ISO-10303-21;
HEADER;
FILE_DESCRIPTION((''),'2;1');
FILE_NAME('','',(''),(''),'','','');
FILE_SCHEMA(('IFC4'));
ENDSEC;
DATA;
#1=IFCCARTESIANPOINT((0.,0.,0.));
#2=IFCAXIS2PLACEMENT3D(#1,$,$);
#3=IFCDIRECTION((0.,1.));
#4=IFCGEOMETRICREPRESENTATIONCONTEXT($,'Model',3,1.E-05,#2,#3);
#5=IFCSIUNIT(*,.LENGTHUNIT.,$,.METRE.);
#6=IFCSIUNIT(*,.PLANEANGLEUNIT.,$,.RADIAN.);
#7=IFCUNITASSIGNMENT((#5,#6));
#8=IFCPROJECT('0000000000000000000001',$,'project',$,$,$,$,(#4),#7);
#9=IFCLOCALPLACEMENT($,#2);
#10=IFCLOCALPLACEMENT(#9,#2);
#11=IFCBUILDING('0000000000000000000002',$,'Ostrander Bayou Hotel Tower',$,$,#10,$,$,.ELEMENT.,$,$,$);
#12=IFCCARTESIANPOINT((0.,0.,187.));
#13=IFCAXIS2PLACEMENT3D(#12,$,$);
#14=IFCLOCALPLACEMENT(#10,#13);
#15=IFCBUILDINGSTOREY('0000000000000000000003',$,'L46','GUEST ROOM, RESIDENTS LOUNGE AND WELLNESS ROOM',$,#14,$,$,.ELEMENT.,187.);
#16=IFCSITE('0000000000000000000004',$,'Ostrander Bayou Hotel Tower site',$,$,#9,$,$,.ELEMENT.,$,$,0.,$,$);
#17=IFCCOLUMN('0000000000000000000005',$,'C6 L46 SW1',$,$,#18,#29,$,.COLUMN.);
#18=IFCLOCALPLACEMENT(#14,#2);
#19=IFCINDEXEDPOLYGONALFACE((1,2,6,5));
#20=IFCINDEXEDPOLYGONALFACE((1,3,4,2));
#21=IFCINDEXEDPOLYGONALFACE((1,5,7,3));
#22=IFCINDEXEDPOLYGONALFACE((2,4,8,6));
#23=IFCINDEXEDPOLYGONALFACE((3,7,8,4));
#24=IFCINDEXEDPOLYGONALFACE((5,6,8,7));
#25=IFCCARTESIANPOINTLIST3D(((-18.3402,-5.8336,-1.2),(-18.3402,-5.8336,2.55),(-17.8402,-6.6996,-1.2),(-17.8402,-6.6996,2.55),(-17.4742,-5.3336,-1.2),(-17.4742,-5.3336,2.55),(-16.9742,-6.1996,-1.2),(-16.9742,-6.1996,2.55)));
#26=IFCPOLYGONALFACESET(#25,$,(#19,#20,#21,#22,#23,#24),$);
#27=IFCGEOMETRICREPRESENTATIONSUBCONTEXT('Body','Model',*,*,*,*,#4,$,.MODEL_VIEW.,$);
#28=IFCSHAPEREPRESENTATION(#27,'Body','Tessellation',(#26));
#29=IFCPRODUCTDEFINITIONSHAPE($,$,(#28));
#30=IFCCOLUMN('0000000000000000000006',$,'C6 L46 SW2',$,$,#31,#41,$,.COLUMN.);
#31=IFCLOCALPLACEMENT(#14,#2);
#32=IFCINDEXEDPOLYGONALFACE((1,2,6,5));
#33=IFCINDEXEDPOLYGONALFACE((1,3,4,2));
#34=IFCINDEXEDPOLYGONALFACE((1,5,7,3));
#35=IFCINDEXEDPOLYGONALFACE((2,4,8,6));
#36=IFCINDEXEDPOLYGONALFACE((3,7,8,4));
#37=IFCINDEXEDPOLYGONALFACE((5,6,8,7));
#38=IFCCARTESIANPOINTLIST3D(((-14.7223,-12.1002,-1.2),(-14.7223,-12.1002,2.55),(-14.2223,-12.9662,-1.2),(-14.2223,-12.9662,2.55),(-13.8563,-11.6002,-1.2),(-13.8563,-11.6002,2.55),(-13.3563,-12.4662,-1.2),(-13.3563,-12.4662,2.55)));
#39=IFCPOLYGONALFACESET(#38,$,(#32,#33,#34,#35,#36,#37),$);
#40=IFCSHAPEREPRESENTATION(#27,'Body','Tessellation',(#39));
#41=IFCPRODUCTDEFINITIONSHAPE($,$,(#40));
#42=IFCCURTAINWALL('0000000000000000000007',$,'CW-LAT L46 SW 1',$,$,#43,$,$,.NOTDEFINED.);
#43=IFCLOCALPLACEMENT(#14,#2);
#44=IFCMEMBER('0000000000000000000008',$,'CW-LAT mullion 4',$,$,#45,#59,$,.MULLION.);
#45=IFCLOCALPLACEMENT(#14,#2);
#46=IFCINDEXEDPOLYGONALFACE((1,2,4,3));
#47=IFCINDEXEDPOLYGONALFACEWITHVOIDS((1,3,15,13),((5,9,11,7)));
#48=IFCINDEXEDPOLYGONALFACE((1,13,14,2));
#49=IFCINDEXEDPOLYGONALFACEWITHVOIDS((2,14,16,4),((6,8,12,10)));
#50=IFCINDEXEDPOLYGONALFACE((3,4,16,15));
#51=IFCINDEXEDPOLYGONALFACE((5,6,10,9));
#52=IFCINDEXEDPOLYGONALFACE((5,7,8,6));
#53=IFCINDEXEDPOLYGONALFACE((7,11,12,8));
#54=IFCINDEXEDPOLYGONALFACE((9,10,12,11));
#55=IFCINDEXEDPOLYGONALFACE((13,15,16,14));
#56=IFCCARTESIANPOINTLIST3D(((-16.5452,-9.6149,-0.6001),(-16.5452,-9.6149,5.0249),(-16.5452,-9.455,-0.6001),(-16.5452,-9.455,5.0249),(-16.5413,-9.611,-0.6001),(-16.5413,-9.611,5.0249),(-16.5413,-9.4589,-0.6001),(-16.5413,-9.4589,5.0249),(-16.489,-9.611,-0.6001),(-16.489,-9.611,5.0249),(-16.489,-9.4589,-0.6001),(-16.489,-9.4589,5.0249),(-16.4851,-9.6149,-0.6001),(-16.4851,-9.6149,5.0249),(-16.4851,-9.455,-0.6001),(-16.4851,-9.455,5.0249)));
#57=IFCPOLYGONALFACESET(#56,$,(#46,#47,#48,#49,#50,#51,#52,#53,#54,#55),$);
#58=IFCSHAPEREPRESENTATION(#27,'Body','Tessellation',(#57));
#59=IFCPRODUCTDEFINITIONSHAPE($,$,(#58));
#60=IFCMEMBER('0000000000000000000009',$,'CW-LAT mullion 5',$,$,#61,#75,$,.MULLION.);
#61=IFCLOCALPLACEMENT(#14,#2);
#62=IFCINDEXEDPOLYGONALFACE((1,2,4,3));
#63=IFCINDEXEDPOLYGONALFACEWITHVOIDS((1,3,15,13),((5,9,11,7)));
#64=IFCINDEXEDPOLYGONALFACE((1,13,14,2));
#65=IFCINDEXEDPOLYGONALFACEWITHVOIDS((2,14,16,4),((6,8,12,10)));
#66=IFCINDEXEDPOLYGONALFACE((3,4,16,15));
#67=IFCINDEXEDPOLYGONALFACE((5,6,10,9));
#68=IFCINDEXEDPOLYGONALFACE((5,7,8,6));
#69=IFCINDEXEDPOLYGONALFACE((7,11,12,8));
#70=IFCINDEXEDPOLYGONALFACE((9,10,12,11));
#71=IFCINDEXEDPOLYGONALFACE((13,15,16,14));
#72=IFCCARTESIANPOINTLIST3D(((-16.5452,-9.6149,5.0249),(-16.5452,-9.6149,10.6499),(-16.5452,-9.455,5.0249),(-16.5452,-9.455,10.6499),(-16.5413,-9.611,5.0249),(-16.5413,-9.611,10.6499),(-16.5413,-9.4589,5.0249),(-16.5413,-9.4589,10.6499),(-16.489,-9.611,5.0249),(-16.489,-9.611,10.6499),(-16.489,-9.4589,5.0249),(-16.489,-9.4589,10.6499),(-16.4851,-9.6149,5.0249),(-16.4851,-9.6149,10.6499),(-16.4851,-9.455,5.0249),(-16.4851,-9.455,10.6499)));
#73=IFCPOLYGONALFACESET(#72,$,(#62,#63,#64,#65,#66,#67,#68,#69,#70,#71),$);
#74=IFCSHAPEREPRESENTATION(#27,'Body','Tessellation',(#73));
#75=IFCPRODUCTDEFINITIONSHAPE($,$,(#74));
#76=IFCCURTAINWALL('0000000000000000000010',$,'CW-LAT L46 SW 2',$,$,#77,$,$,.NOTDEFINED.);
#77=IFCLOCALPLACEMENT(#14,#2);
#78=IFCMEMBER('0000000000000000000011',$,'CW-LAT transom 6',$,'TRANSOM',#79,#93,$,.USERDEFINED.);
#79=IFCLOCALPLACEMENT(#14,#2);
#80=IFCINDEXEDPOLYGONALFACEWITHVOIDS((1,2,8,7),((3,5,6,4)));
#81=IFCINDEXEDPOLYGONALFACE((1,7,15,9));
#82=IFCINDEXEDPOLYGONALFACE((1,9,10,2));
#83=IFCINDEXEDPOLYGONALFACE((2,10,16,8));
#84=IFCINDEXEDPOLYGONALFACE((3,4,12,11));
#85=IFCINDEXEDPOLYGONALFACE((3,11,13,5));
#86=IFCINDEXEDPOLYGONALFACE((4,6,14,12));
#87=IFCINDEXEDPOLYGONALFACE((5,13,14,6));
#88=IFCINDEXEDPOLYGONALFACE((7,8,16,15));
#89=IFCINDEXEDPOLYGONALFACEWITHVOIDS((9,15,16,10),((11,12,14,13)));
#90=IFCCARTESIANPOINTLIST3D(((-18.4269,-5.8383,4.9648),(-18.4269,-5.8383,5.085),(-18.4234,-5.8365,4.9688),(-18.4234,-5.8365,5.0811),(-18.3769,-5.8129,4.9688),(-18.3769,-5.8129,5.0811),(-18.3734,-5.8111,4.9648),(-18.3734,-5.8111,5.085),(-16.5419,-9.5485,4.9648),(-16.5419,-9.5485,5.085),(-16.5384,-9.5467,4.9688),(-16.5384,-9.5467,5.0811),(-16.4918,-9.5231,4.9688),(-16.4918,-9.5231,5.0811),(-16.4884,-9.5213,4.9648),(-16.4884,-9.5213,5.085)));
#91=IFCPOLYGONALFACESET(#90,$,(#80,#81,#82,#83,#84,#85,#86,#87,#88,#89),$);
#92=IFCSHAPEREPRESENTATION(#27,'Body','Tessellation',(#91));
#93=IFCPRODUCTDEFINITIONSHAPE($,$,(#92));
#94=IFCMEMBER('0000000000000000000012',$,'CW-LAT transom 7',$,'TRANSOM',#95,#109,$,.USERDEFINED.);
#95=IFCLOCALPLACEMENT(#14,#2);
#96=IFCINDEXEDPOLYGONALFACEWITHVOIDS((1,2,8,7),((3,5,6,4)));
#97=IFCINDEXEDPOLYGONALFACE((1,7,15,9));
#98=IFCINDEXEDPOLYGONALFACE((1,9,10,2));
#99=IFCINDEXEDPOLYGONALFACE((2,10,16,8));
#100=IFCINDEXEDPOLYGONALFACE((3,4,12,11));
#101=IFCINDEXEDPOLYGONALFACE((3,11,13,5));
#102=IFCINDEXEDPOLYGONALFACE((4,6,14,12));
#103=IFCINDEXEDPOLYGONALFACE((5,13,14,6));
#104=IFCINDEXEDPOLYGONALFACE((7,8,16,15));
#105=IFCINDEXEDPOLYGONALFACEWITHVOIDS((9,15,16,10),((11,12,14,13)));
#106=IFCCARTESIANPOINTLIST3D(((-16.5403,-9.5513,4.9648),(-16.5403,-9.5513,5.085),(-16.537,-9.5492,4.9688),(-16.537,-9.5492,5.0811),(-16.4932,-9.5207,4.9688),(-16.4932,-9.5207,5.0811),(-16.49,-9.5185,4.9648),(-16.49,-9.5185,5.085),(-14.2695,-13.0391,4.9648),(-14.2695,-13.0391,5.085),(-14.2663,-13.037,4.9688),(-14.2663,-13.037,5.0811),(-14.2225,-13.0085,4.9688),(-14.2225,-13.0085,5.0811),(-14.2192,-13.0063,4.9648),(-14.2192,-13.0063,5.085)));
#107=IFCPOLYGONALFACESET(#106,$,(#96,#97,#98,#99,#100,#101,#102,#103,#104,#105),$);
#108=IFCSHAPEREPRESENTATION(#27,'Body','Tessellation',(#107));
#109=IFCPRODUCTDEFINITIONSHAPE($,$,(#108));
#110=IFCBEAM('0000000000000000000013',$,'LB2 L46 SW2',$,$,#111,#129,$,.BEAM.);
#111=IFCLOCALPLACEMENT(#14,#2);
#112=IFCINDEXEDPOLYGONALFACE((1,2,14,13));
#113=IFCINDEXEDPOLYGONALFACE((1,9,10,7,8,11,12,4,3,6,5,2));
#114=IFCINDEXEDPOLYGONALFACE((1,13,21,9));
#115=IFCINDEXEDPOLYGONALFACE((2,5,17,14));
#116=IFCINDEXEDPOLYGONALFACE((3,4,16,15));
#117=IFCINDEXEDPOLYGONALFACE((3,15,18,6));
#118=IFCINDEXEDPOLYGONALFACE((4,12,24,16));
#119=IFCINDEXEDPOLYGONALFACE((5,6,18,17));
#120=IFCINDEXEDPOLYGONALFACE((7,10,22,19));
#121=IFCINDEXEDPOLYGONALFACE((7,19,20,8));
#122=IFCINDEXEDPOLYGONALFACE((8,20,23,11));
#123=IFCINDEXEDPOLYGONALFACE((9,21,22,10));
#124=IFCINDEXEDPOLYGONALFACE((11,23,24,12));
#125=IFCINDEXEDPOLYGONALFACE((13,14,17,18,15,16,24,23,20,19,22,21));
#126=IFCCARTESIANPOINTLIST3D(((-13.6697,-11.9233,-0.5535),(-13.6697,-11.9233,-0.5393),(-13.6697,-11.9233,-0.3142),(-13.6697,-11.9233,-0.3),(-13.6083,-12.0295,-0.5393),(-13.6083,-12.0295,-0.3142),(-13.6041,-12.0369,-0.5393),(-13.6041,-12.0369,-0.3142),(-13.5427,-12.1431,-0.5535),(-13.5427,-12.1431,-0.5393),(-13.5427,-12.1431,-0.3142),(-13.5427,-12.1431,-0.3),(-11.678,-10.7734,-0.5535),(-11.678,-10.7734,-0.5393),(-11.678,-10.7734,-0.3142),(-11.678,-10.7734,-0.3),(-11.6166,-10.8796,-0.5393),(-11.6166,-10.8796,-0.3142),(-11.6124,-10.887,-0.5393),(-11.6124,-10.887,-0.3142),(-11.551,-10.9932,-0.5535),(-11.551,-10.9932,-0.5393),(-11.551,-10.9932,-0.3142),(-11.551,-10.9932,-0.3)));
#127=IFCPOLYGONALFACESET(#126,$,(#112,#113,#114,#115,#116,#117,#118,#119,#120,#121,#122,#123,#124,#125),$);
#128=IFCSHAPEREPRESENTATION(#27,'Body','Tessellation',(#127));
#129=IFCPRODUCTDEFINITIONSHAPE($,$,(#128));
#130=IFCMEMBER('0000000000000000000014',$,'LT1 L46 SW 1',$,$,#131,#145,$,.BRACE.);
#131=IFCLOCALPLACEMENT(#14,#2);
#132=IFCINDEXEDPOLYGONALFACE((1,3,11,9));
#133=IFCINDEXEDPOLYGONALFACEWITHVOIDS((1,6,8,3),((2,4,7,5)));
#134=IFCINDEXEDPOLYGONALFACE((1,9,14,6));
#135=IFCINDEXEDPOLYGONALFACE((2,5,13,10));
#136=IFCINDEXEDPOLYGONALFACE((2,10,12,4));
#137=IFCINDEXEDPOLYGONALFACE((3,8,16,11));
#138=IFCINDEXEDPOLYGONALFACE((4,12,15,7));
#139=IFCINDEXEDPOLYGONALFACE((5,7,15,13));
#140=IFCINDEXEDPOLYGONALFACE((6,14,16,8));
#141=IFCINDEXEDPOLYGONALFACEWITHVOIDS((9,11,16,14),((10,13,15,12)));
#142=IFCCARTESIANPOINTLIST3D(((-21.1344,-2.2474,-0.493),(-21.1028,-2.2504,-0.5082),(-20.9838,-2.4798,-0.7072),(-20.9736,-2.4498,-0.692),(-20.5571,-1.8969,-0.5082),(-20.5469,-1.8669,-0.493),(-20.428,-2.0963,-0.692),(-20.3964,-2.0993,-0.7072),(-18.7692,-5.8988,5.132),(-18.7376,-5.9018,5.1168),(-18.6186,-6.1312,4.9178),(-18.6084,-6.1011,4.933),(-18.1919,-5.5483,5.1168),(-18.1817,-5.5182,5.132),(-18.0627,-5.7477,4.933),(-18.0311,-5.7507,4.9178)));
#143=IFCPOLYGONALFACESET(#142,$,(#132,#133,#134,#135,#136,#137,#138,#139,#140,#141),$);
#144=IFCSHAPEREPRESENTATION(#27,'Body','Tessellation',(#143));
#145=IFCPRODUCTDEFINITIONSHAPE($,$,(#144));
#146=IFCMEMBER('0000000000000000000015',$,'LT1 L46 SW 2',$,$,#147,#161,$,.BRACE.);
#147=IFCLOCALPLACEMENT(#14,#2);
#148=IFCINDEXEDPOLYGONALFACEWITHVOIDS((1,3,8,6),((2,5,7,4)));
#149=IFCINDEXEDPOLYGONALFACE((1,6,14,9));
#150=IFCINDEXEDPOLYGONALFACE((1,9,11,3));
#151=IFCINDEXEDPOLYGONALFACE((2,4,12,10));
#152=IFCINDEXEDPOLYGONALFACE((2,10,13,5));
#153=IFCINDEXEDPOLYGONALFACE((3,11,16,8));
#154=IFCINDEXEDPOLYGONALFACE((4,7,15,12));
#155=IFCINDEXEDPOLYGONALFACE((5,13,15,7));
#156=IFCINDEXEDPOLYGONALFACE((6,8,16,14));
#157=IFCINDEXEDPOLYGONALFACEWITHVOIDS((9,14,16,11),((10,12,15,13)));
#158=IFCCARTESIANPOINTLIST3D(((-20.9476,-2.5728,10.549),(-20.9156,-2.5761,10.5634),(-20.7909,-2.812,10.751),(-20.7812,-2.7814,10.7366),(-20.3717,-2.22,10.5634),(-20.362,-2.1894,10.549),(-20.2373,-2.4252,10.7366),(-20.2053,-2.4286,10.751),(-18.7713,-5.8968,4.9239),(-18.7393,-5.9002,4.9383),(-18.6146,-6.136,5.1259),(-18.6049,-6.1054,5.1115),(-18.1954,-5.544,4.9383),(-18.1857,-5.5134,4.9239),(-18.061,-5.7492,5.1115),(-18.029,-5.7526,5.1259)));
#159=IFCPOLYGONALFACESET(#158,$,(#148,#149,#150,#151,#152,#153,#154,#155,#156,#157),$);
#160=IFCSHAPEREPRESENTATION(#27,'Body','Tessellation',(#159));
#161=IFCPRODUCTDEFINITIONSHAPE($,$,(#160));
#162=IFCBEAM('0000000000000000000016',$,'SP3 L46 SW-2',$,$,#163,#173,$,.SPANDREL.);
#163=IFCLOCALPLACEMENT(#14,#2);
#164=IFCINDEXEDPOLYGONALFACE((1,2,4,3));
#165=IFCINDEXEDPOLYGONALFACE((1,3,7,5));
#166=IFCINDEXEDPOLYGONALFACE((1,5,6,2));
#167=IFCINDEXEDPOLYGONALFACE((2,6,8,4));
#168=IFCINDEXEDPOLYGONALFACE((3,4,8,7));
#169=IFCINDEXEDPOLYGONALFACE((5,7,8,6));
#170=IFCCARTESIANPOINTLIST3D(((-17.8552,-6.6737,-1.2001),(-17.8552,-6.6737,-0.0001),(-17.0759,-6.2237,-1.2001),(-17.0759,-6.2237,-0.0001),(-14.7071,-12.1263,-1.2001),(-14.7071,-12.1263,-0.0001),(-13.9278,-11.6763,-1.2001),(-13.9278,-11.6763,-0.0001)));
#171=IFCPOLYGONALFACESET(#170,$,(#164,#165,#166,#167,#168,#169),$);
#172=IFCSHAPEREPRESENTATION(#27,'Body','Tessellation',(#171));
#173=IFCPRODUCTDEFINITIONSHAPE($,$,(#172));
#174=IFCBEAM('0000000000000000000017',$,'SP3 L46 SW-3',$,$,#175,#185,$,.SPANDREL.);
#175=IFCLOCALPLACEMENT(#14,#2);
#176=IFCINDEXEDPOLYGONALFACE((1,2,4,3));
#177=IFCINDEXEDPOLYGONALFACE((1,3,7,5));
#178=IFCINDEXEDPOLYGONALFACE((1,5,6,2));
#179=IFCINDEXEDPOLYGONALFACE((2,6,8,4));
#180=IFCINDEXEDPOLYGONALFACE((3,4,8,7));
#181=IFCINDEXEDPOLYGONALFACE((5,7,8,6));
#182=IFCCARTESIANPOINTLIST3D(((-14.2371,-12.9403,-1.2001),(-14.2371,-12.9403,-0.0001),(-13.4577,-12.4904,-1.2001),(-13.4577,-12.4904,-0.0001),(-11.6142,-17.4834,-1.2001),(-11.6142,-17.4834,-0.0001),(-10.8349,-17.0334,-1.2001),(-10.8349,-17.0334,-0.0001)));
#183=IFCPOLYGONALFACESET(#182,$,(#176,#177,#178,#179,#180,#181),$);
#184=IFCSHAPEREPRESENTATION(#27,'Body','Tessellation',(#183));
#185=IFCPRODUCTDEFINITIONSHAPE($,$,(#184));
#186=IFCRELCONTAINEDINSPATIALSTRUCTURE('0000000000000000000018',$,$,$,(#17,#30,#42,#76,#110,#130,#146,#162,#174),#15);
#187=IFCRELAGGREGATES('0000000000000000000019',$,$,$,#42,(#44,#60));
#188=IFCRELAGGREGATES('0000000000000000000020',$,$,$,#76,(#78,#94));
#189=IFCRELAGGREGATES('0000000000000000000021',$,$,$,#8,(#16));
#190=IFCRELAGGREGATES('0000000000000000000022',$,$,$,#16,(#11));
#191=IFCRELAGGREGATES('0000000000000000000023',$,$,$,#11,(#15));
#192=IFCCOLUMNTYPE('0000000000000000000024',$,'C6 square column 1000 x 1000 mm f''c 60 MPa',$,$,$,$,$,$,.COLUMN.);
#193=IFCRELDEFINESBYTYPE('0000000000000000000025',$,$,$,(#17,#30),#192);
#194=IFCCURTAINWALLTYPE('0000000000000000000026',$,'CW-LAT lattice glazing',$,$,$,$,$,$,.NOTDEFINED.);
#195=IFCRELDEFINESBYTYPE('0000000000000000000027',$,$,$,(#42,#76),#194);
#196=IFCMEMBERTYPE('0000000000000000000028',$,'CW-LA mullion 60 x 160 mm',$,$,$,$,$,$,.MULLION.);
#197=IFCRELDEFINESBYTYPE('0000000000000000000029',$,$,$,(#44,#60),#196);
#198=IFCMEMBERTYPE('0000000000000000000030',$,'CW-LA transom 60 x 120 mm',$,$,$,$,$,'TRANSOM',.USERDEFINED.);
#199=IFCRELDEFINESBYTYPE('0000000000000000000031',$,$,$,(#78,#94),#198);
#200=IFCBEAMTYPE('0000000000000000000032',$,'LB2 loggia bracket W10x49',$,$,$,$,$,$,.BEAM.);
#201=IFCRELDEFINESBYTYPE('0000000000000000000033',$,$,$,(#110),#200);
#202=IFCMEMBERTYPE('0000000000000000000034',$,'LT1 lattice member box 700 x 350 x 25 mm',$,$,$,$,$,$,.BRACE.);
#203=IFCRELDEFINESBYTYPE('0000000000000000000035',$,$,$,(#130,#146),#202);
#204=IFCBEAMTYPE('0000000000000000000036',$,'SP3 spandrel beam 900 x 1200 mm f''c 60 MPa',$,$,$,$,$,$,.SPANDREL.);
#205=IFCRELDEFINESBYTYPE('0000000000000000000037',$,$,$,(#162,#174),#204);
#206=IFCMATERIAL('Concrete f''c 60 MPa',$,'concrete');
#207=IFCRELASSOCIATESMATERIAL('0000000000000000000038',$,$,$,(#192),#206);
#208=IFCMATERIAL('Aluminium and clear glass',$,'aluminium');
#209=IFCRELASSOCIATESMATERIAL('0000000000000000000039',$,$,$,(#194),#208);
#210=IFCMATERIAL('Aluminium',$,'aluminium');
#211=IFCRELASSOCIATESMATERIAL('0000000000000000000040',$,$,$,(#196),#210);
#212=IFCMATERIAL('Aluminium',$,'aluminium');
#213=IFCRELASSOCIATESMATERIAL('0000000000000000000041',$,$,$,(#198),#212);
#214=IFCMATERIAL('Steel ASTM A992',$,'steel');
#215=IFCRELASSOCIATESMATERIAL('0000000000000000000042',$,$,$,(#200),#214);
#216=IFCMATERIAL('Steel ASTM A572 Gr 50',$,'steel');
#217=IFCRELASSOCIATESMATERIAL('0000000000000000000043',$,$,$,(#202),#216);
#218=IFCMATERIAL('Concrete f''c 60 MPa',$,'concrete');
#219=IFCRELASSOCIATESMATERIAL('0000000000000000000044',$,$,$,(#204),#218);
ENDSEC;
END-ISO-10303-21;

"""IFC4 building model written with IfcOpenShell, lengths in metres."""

from ifc_helpers import new_model, si_unit, direction, frame, origin, origin_2d, place, context, subcontext, project, spatial, rectangle, hollow_rectangle, i_section, extrude, material, material_profile, profile_set, type_object, element, aggregate, save


model = new_model("IFC4")

# Units and contexts
model_context = context("Model", 3, precision=1e-05, world=origin(), true_north=direction((0.0, 1.0)))
body_context = subcontext(model_context, "Body", "Model", "MODEL_VIEW")
ifc_project = project(units=[si_unit("LENGTHUNIT", "METRE"), si_unit("PLANEANGLEUNIT", "RADIAN")], contexts=[model_context])

# Site, building, storey
site_placement = place(None, origin())
site = spatial("IfcSite", under=ifc_project, at=site_placement, Name="Ostrander Bayou Hotel Tower site", CompositionType="ELEMENT", RefElevation=0.0)
building_placement = place(site_placement, origin())
building = spatial("IfcBuilding", under=site, at=building_placement, Name="Ostrander Bayou Hotel Tower", CompositionType="ELEMENT")
storey_placement = place(building_placement, frame((0.0, 0.0, 187.0)))
storey = spatial("IfcBuildingStorey", under=building, at=storey_placement, Name="L46", Description="GUEST ROOM, RESIDENTS LOUNGE AND WELLNESS ROOM", CompositionType="ELEMENT", Elevation=187.0)

# Columns
ifc_material_1 = material(Name="Concrete f'c 60 MPa", Category="concrete")
ifc_material_profile_1 = material_profile(ifc_material_1, rectangle(XDim=1.0, YDim=1.0, at=origin_2d()))
ifc_profile_set_1 = profile_set([ifc_material_profile_1], Name="Concrete f'c 60 MPa")
column_type = type_object("IfcColumnType", Name="C6 square column 1000 x 1000 mm f'c 60 MPa", PredefinedType="COLUMN", material=ifc_profile_set_1)
for number, where, z_axis, x_axis, name in (
    (1, (-17.6572, -6.0166, -1.2), (0.0, 0.0, 1.0), (-0.5, 0.866025, 0.0), "C6 L46 SW1"),
    (2, (-14.0393, -12.2832, -1.2), (0.0, 0.0, 1.0), (-0.5, 0.866025, 0.0), "C6 L46 SW2"),
):
    element("IfcColumn", number, at=place(storey_placement, frame(where, z_axis=z_axis, x_axis=x_axis)), inside=storey, type_object=column_type, Name=name, PredefinedType="COLUMN", context=body_context, shape_type="SweptSolid", body=[
        extrude(rectangle(XDim=1.0, YDim=1.0, at=origin_2d()), origin(), (0.0, 0.0, 1.0), 3.75),
    ])

# Curtain walls, members
ifc_material_2 = material(Name="Aluminium and clear glass", Category="aluminium")
curtain_wall_type = type_object("IfcCurtainWallType", Name="CW-LAT lattice glazing", PredefinedType="NOTDEFINED", material=ifc_material_2)
curtain_wall_1_placement = place(storey_placement, origin())
curtain_wall_1 = element("IfcCurtainWall", 3, at=curtain_wall_1_placement, inside=storey, type_object=curtain_wall_type, Name="CW-LAT L46 SW 1", PredefinedType="NOTDEFINED")
ifc_material_3 = material(Name="Aluminium", Category="aluminium")
ifc_material_profile_2 = material_profile(ifc_material_3, hollow_rectangle(XDim=0.0601, YDim=0.1599, WallThickness=0.0039, at=origin_2d()))
ifc_profile_set_2 = profile_set([ifc_material_profile_2], Name="Aluminium")
member_type_1 = type_object("IfcMemberType", Name="CW-LA mullion 60 x 160 mm", PredefinedType="MULLION", material=ifc_profile_set_2)
member_1_placement = place(storey_placement, frame((-16.5151, -9.5349, -0.6001), z_axis=(0.0, 0.0, 1.0), x_axis=(1.0, 0.0, 0.0)))
member_1 = element("IfcMember", 4, at=member_1_placement, type_object=member_type_1, Name="CW-LAT mullion 4", PredefinedType="MULLION", context=body_context, shape_type="SweptSolid", body=[
    extrude(hollow_rectangle(XDim=0.0601, YDim=0.1599, WallThickness=0.0039, at=origin_2d()), origin(), (0.0, 0.0, 1.0), 5.625),
])
member_2_placement = place(storey_placement, frame((-16.5151, -9.5349, 5.0249), z_axis=(0.0, 0.0, 1.0), x_axis=(1.0, 0.0, 0.0)))
member_2 = element("IfcMember", 5, at=member_2_placement, type_object=member_type_1, Name="CW-LAT mullion 5", PredefinedType="MULLION", context=body_context, shape_type="SweptSolid", body=[
    extrude(hollow_rectangle(XDim=0.0601, YDim=0.1599, WallThickness=0.0039, at=origin_2d()), origin(), (0.0, 0.0, 1.0), 5.625),
])
aggregate(curtain_wall_1, [member_1, member_2])
curtain_wall_2_placement = place(storey_placement, origin())
curtain_wall_2 = element("IfcCurtainWall", 6, at=curtain_wall_2_placement, inside=storey, type_object=curtain_wall_type, Name="CW-LAT L46 SW 2", PredefinedType="NOTDEFINED")
ifc_material_4 = material(Name="Aluminium", Category="aluminium")
ifc_material_profile_3 = material_profile(ifc_material_4, hollow_rectangle(XDim=0.0601, YDim=0.1201, WallThickness=0.0039, at=origin_2d()))
ifc_profile_set_3 = profile_set([ifc_material_profile_3], Name="Aluminium")
member_type_2 = type_object("IfcMemberType", Name="CW-LA transom 60 x 120 mm", ElementType="TRANSOM", PredefinedType="USERDEFINED", material=ifc_profile_set_3)
member_3_placement = place(storey_placement, frame((-16.5151, -9.5349, 5.0249), z_axis=(-0.452954, 0.891534, 0.0), x_axis=(-0.891534, -0.452954, 0.0)))
member_3 = element("IfcMember", 7, at=member_3_placement, type_object=member_type_2, Name="CW-LAT transom 6", ObjectType="TRANSOM", PredefinedType="USERDEFINED", context=body_context, shape_type="SweptSolid", body=[
    extrude(hollow_rectangle(XDim=0.0601, YDim=0.1201, WallThickness=0.0039, at=origin_2d()), origin(), (0.0, 0.0, 1.0), 4.1616),
])
member_4_placement = place(storey_placement, frame((-16.5151, -9.5349, 5.0249), z_axis=(0.545611, -0.838039, 0.0), x_axis=(0.838039, 0.545611, 0.0)))
member_4 = element("IfcMember", 8, at=member_4_placement, type_object=member_type_2, Name="CW-LAT transom 7", ObjectType="TRANSOM", PredefinedType="USERDEFINED", context=body_context, shape_type="SweptSolid", body=[
    extrude(hollow_rectangle(XDim=0.0601, YDim=0.1201, WallThickness=0.0039, at=origin_2d()), origin(), (0.0, 0.0, 1.0), 4.1619),
])
aggregate(curtain_wall_2, [member_3, member_4])

# Beam
ifc_material_5 = material(Name="Steel ASTM A992", Category="steel")
ifc_material_profile_4 = material_profile(ifc_material_5, i_section(OverallWidth=0.2539, OverallDepth=0.2534, WebThickness=0.0085, FlangeThickness=0.0142, at=origin_2d()))
ifc_profile_set_4 = profile_set([ifc_material_profile_4], Name="Steel ASTM A992")
beam_type_1 = type_object("IfcBeamType", Name="LB2 loggia bracket W10x49", PredefinedType="BEAM", material=ifc_profile_set_4)
beam_1_placement = place(storey_placement, frame((-13.6062, -12.0332, -0.4268), z_axis=(0.866026, 0.499998, 0.0), x_axis=(-0.499998, 0.866026, 0.0)))
element("IfcBeam", 9, at=beam_1_placement, inside=storey, type_object=beam_type_1, Name="LB2 L46 SW2", PredefinedType="BEAM", context=body_context, shape_type="SweptSolid", body=[
    extrude(i_section(OverallWidth=0.2539, OverallDepth=0.2534, WebThickness=0.0085, FlangeThickness=0.0142, at=origin_2d()), origin(), (0.0, 0.0, 1.0), 2.2998),
])

# Members
ifc_material_6 = material(Name="Steel ASTM A572 Gr 50", Category="steel")
ifc_material_profile_5 = material_profile(ifc_material_6, hollow_rectangle(XDim=0.7, YDim=0.3501, WallThickness=0.0249, at=origin_2d()))
ifc_profile_set_5 = profile_set([ifc_material_profile_5], Name="Steel ASTM A572 Gr 50")
member_type_3 = type_object("IfcMemberType", Name="LT1 lattice member box 700 x 350 x 25 mm", PredefinedType="BRACE", material=ifc_profile_set_5)
member_5_placement = place(storey_placement, frame((-18.4001, -5.8247, 5.0249), z_axis=(-0.332613, 0.513476, -0.791019), x_axis=(-0.839299, -0.54367, 0.0)))
element("IfcMember", 10, at=member_5_placement, inside=storey, type_object=member_type_3, Name="LT1 L46 SW 1", PredefinedType="BRACE", context=body_context, shape_type="SweptSolid", body=[
    extrude(hollow_rectangle(XDim=0.7, YDim=0.3501, WallThickness=0.0249, at=origin_2d()), origin(), (0.0, 0.0, 1.0), 7.1111),
])
member_6_placement = place(storey_placement, frame((-18.4001, -5.8247, 5.0249), z_axis=(-0.316014, 0.482671, 0.816801), x_axis=(-0.836635, -0.547761, 0.0)))
element("IfcMember", 11, at=member_6_placement, inside=storey, type_object=member_type_3, Name="LT1 L46 SW 2", PredefinedType="BRACE", context=body_context, shape_type="SweptSolid", body=[
    extrude(hollow_rectangle(XDim=0.7, YDim=0.3501, WallThickness=0.0249, at=origin_2d()), origin(), (0.0, 0.0, 1.0), 6.8867),
])

# Beams
ifc_material_7 = material(Name="Concrete f'c 60 MPa", Category="concrete")
ifc_material_profile_6 = material_profile(ifc_material_7, rectangle(XDim=0.8999, YDim=1.2, at=origin_2d()))
ifc_profile_set_6 = profile_set([ifc_material_profile_6], Name="Concrete f'c 60 MPa")
beam_type_2 = type_object("IfcBeamType", Name="SP3 spandrel beam 900 x 1200 mm f'c 60 MPa", PredefinedType="SPANDREL", material=ifc_profile_set_6)
beam_2_placement = place(storey_placement, frame((-17.4656, -6.4487, -0.6001), z_axis=(0.500013, -0.866018, 0.0), x_axis=(0.866018, 0.500013, 0.0)))
element("IfcBeam", 12, at=beam_2_placement, inside=storey, type_object=beam_type_2, Name="SP3 L46 SW-2", PredefinedType="SPANDREL", context=body_context, shape_type="SweptSolid", body=[
    extrude(rectangle(XDim=0.8999, YDim=1.2, at=origin_2d()), origin(), (0.0, 0.0, 1.0), 6.2961),
])
beam_3_placement = place(storey_placement, frame((-13.8474, -12.7153, -0.6001), z_axis=(0.499988, -0.866032, 0.0), x_axis=(0.866032, 0.499988, 0.0)))
element("IfcBeam", 13, at=beam_3_placement, inside=storey, type_object=beam_type_2, Name="SP3 L46 SW-3", PredefinedType="SPANDREL", context=body_context, shape_type="SweptSolid", body=[
    extrude(rectangle(XDim=0.8999, YDim=1.2, at=origin_2d()), origin(), (0.0, 0.0, 1.0), 5.2458),
])

save(model, "model.ifc")
